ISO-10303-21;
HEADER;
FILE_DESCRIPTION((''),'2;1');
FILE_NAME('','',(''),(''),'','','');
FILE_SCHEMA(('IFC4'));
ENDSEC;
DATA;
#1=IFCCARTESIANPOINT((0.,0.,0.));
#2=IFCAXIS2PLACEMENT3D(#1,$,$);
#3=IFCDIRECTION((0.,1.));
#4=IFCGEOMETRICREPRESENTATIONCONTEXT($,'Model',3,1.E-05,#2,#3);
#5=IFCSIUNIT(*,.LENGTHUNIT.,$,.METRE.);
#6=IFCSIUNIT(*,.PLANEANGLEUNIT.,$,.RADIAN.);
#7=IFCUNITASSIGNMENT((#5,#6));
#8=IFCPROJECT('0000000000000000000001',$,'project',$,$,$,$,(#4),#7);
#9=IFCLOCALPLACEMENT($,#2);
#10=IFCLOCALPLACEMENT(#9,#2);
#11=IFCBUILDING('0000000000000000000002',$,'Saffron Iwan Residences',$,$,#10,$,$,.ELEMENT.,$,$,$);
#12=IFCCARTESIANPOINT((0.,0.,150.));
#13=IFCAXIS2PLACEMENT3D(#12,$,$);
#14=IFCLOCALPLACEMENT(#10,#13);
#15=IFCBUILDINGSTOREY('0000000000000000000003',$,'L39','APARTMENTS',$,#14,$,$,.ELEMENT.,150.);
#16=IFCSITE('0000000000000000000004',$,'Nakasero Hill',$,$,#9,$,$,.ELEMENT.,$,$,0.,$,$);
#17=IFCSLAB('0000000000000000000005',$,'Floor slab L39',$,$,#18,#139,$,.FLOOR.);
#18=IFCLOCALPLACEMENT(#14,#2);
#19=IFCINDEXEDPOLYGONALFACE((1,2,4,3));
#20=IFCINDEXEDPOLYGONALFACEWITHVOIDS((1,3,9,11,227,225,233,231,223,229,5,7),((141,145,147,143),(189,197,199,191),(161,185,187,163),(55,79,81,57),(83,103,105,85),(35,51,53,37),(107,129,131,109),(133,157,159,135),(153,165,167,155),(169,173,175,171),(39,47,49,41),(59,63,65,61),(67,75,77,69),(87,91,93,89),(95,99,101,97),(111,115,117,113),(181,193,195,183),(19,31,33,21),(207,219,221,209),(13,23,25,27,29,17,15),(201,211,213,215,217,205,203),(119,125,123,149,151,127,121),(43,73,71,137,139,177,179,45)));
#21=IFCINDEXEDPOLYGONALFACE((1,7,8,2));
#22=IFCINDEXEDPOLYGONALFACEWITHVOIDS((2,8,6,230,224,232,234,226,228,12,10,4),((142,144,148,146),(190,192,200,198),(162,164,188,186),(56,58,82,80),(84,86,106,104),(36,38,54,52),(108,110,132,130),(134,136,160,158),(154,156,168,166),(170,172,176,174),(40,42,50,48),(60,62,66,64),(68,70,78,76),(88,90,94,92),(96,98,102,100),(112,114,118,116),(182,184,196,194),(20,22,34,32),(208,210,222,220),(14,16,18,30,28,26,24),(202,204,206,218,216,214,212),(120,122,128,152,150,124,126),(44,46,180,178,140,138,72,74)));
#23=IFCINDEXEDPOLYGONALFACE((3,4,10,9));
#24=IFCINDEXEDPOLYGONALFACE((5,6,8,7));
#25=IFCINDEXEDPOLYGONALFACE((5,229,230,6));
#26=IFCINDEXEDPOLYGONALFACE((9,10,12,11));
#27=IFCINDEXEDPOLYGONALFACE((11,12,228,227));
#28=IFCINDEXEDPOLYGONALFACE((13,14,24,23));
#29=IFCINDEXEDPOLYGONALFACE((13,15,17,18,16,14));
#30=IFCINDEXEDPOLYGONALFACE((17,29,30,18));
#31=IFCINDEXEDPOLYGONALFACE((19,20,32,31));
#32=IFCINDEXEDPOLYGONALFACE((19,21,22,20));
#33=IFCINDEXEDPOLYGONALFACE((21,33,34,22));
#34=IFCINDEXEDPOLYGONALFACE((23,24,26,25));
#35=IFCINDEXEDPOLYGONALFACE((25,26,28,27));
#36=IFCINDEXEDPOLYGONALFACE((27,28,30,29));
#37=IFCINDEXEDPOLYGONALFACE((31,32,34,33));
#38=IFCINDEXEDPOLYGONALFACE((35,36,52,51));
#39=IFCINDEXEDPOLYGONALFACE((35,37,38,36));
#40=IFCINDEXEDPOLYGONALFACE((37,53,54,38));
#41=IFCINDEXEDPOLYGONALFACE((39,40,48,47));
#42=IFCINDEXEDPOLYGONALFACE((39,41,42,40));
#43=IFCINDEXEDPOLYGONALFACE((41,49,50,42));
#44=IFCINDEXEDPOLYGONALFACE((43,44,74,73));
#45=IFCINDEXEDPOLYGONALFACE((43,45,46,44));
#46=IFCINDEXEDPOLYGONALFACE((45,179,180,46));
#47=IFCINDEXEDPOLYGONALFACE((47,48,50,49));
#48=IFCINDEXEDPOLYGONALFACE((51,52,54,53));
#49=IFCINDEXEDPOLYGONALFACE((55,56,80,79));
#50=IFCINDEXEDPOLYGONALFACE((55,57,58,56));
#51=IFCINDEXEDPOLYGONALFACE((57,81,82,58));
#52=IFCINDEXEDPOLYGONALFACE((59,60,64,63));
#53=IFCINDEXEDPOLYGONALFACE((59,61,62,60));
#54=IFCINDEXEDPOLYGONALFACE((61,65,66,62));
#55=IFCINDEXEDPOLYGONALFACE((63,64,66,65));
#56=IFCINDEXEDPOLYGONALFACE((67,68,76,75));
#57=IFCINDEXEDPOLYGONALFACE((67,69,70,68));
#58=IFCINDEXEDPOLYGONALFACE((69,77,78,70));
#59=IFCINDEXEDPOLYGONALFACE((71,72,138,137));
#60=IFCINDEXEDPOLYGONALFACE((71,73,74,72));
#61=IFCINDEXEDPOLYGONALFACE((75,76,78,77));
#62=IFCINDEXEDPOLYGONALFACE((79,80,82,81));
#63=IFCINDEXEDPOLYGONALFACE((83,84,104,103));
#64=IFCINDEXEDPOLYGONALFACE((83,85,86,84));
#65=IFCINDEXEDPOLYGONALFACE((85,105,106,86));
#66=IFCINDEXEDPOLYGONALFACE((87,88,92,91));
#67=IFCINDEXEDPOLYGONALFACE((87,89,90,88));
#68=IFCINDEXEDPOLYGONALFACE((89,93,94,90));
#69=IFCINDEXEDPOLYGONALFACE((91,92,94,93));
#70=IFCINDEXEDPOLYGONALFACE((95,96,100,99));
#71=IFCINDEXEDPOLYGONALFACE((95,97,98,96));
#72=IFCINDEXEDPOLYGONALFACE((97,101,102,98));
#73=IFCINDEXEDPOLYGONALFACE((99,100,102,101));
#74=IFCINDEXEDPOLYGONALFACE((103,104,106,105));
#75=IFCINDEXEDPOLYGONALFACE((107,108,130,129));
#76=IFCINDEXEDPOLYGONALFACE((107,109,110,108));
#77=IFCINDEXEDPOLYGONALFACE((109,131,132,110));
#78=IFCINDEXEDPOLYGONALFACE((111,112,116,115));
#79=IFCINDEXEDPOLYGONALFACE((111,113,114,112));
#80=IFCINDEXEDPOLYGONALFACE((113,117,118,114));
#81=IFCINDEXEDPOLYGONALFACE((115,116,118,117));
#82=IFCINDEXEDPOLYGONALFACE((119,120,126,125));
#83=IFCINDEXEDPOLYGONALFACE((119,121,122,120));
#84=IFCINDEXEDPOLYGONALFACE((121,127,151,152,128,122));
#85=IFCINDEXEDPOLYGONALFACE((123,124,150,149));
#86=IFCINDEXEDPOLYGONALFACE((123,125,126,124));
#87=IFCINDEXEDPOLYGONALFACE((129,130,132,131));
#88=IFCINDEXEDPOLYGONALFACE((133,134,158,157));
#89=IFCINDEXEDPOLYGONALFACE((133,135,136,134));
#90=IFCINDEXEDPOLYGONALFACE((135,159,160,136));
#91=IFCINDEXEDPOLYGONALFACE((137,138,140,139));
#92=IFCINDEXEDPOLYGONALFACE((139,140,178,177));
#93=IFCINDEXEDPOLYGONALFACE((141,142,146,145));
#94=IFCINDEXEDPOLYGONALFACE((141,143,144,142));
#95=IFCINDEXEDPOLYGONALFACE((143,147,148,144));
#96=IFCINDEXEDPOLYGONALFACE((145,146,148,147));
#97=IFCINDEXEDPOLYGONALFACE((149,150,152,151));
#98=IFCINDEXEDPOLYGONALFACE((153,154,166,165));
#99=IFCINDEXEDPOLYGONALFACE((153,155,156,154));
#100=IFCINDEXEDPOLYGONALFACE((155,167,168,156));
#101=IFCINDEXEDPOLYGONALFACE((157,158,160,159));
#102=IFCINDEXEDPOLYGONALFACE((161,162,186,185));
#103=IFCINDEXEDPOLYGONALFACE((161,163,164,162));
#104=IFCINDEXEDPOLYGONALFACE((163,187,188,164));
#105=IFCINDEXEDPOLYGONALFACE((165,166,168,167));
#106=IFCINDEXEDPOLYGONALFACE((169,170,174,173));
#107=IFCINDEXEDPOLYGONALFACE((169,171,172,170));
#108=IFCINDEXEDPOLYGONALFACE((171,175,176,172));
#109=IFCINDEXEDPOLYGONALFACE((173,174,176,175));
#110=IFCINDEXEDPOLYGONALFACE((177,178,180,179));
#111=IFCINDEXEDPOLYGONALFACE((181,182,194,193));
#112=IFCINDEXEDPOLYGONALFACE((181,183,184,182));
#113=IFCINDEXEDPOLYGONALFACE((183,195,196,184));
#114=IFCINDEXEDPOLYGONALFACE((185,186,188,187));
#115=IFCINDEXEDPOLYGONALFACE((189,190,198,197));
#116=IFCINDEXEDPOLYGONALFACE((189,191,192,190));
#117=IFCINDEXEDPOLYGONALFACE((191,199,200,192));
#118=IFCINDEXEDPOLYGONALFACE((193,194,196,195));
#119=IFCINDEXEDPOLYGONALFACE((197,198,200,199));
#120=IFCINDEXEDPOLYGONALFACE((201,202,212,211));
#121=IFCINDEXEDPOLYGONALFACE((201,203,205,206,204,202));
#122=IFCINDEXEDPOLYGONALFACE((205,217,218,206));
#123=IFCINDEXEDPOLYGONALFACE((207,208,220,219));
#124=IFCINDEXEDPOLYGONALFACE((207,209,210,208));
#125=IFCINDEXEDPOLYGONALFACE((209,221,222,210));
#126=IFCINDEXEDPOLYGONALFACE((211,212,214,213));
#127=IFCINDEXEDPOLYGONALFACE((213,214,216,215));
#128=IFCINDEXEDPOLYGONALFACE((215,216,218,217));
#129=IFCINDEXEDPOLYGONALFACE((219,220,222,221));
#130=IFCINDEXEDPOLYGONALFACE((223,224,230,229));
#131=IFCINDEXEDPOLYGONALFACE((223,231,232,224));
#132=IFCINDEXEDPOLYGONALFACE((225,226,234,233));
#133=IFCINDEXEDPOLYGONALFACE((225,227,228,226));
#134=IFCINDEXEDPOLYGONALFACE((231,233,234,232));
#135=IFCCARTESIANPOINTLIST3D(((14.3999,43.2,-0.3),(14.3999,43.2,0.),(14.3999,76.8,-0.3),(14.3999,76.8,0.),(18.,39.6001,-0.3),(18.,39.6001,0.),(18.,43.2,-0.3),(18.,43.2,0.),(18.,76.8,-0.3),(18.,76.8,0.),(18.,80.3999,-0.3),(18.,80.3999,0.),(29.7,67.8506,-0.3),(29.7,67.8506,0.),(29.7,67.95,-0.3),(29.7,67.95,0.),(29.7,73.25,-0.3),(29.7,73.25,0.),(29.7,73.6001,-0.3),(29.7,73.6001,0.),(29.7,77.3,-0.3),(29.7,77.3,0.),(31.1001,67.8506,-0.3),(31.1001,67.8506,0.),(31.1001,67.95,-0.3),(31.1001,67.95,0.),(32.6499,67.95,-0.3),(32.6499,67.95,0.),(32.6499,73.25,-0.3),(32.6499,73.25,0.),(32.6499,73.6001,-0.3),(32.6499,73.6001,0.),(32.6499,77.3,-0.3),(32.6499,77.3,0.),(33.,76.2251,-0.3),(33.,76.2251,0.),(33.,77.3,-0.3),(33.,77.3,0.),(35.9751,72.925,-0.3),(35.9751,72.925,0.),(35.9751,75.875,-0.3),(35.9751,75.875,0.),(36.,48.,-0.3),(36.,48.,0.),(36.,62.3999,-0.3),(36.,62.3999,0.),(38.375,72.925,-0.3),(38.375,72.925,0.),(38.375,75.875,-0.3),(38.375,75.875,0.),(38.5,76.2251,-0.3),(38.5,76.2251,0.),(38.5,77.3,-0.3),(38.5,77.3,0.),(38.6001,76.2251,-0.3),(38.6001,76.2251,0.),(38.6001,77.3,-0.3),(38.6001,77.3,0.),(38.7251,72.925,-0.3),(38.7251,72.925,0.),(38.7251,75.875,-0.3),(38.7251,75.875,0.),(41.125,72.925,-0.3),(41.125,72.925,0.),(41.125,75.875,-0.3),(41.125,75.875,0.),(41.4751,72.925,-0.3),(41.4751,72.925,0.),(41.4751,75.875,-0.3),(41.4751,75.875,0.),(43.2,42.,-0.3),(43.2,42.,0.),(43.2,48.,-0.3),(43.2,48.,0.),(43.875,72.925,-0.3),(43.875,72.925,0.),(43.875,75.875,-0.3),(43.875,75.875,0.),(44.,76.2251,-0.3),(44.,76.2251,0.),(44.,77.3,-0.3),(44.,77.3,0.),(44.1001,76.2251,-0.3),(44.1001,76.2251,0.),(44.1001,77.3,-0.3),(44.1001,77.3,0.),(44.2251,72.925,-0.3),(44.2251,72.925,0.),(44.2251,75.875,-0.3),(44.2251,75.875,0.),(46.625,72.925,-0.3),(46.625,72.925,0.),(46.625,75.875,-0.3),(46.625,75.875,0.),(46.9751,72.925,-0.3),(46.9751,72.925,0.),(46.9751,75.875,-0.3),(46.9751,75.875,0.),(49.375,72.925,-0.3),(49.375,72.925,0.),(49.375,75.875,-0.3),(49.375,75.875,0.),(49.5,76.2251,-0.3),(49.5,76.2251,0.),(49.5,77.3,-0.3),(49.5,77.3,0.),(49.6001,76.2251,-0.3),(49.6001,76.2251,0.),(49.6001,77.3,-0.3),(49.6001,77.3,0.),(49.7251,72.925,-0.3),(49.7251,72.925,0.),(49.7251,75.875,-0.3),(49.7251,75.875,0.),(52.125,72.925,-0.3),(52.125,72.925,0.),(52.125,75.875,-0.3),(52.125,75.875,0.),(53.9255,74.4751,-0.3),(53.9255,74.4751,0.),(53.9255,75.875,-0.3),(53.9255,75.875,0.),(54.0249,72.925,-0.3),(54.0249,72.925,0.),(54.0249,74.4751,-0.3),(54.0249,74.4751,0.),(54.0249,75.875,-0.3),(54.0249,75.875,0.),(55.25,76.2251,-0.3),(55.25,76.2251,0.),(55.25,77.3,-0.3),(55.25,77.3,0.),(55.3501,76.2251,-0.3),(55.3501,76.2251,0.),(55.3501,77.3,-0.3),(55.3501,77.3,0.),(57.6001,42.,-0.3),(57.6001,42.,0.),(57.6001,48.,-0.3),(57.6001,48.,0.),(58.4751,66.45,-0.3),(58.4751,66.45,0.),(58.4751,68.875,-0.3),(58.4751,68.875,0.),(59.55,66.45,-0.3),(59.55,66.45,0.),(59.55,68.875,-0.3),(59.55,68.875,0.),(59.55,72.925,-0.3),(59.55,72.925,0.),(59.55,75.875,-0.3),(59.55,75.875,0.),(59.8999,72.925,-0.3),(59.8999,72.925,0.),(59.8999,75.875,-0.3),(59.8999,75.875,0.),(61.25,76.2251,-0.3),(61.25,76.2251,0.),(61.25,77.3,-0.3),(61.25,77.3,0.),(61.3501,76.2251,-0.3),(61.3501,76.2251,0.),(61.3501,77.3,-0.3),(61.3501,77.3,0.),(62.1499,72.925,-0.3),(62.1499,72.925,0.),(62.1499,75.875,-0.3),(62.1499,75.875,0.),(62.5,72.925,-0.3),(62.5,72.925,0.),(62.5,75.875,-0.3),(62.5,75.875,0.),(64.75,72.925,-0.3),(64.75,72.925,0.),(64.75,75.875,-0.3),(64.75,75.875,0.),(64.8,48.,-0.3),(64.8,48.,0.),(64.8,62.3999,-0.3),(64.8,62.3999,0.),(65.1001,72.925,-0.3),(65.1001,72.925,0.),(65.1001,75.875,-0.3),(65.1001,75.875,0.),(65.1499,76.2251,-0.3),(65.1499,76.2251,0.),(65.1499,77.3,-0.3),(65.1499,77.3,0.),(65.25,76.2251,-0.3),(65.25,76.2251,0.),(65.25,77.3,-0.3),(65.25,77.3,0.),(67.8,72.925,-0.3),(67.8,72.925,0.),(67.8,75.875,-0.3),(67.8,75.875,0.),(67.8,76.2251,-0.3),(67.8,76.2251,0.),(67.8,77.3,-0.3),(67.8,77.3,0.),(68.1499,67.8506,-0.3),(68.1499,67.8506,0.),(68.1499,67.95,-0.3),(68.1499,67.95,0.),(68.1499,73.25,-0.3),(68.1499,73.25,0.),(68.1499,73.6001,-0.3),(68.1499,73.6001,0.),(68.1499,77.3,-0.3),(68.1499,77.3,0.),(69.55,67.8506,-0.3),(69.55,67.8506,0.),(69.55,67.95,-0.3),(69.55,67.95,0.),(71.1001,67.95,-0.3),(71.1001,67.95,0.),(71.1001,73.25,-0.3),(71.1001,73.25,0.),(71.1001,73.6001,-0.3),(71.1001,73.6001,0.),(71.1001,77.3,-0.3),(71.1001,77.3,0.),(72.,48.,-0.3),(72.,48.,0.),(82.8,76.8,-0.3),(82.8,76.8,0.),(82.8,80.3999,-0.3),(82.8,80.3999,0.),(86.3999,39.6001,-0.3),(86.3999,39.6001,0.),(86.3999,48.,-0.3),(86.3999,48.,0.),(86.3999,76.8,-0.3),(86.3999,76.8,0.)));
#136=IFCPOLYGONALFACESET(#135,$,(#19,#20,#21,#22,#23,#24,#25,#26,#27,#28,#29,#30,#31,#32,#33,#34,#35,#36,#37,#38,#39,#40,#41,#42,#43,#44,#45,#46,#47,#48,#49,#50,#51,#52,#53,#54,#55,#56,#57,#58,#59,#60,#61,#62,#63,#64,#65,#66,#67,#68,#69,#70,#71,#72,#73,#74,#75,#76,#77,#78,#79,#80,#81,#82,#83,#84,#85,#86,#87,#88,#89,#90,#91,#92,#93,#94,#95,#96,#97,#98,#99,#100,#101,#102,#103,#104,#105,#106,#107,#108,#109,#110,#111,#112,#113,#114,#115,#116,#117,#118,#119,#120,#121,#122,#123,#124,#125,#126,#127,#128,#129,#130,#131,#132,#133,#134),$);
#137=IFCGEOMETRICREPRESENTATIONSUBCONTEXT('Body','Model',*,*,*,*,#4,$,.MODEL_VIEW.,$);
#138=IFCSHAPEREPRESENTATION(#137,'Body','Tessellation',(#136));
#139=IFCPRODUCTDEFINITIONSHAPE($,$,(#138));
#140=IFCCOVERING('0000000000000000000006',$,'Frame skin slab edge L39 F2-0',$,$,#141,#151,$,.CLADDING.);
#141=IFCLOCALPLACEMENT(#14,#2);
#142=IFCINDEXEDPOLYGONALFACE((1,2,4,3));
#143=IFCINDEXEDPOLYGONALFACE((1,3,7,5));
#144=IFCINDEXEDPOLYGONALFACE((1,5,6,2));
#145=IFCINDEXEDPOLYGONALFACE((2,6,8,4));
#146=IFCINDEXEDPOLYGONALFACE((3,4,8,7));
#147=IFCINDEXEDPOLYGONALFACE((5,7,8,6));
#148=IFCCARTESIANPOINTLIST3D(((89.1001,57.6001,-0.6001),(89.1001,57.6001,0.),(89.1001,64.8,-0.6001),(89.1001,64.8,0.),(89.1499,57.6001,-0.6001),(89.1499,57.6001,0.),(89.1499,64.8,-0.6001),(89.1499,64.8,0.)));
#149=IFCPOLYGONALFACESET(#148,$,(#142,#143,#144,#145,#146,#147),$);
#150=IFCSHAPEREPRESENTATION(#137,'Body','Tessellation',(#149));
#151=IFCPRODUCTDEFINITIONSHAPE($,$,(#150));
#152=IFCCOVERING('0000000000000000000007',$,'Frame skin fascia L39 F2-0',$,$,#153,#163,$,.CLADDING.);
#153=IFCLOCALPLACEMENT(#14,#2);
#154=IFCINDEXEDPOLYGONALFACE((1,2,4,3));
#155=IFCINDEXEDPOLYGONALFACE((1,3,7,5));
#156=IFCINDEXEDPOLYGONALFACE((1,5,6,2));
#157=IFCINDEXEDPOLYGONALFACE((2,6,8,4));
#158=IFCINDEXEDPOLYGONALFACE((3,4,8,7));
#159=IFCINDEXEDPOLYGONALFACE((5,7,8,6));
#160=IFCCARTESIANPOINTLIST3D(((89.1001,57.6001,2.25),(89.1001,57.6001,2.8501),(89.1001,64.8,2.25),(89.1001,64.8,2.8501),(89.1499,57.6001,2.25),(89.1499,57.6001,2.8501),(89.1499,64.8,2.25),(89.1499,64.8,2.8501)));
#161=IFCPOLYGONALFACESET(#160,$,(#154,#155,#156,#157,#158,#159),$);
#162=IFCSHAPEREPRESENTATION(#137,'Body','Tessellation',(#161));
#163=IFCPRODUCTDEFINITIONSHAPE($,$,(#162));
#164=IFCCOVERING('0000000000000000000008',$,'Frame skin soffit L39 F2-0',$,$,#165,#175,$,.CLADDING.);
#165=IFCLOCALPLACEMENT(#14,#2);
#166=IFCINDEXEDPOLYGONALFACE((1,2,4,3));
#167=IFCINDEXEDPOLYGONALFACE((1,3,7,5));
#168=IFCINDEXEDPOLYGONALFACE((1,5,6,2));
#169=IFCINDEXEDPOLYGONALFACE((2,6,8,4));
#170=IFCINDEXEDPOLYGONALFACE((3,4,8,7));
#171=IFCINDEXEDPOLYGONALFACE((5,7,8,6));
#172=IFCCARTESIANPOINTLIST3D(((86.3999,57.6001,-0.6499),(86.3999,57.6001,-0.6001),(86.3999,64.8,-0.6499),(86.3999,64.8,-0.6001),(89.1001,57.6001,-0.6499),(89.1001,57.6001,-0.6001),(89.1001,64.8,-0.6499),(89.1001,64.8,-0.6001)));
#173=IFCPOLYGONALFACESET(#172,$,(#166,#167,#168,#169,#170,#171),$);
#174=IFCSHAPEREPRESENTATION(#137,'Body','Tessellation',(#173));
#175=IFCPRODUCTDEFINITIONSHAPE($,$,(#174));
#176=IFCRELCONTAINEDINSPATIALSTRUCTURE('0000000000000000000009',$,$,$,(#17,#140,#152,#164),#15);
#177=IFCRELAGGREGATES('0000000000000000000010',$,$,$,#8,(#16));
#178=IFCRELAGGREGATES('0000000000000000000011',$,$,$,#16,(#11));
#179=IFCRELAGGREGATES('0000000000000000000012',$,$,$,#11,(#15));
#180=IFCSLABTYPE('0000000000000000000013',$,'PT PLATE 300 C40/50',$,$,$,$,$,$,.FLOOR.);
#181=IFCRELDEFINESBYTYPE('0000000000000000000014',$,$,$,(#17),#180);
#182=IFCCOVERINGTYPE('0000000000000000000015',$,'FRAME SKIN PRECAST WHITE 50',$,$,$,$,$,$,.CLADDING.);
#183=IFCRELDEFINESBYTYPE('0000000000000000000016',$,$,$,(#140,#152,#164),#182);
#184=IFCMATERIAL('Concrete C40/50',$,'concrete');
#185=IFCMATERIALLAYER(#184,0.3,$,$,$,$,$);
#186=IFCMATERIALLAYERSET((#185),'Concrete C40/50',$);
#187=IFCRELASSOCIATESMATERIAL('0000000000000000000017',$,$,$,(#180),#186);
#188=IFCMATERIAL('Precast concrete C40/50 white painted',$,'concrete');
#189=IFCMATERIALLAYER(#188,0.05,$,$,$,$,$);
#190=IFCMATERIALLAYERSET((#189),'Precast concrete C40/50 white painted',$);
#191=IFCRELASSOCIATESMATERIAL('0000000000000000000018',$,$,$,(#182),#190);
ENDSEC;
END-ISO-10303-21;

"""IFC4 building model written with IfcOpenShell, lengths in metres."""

from ifc_helpers import new_model, si_unit, direction, frame, origin, place, context, subcontext, project, spatial, polyline, outline, extrude, material, layer, layer_set, type_object, element, save


model = new_model("IFC4")

# Units and contexts
model_context = context("Model", 3, precision=1e-05, world=origin(), true_north=direction((0.0, 1.0)))
body_context = subcontext(model_context, "Body", "Model", "MODEL_VIEW")
ifc_project = project(units=[si_unit("LENGTHUNIT", "METRE"), si_unit("PLANEANGLEUNIT", "RADIAN")], contexts=[model_context])

# Site, building, storey
site_placement = place(None, origin())
site = spatial("IfcSite", under=ifc_project, at=site_placement, Name="Nakasero Hill", CompositionType="ELEMENT", RefElevation=0.0)
building_placement = place(site_placement, origin())
building = spatial("IfcBuilding", under=site, at=building_placement, Name="Saffron Iwan Residences", CompositionType="ELEMENT")
storey_placement = place(building_placement, frame((0.0, 0.0, 150.0)))
storey = spatial("IfcBuildingStorey", under=building, at=storey_placement, Name="L39", Description="APARTMENTS", CompositionType="ELEMENT", Elevation=150.0)

# Slab
ifc_material_1 = material(Name="Concrete C40/50", Category="concrete")
ifc_layer_1 = layer(ifc_material_1, 0.3)
ifc_layer_set_1 = layer_set([ifc_layer_1], Name="Concrete C40/50")
slab_type_1 = type_object("IfcSlabType", Name="PT PLATE 300 C40/50", PredefinedType="FLOOR", material=ifc_layer_set_1)
slab_1_placement = place(storey_placement, frame((0.0, 0.0, -0.3)))
element("IfcSlab", 1, at=slab_1_placement, inside=storey, type_object=slab_type_1, Name="Floor slab L39", PredefinedType="FLOOR", context=body_context, shape_type="SweptSolid", body=[
    extrude(outline(polyline([(14.3999, 43.2), (14.3999, 76.8), (18.0, 76.8), (18.0, 80.3999), (82.8, 80.3999), (82.8, 76.8), (86.3999, 76.8), (86.3999, 48.0), (72.0, 48.0), (86.3999, 39.6001), (18.0, 39.6001), (18.0, 43.2), (14.3999, 43.2)]), holes=[polyline([(64.8, 48.0), (64.8, 62.3999), (36.0, 62.3999), (36.0, 48.0), (43.2, 48.0), (43.2, 42.0), (57.6001, 42.0), (57.6001, 48.0), (64.8, 48.0)]), polyline([(29.7, 73.25), (29.7, 67.95), (29.7, 67.8506), (31.1001, 67.8506), (31.1001, 67.95), (32.6499, 67.95), (32.6499, 73.25), (29.7, 73.25)]), polyline([(38.375, 75.875), (35.9751, 75.875), (35.9751, 72.925), (38.375, 72.925), (38.375, 75.875)]), polyline([(41.125, 75.875), (38.7251, 75.875), (38.7251, 72.925), (41.125, 72.925), (41.125, 75.875)]), polyline([(43.875, 72.925), (43.875, 75.875), (41.4751, 75.875), (41.4751, 72.925), (43.875, 72.925)]), polyline([(46.625, 72.925), (46.625, 75.875), (44.2251, 75.875), (44.2251, 72.925), (46.625, 72.925)]), polyline([(49.375, 75.875), (46.9751, 75.875), (46.9751, 72.925), (49.375, 72.925), (49.375, 75.875)]), polyline([(52.125, 72.925), (52.125, 75.875), (49.7251, 75.875), (49.7251, 72.925), (52.125, 72.925)]), polyline([(32.6499, 73.6001), (32.6499, 77.3), (29.7, 77.3), (29.7, 73.6001), (32.6499, 73.6001)]), polyline([(38.5, 77.3), (33.0, 77.3), (33.0, 76.2251), (38.5, 76.2251), (38.5, 77.3)]), polyline([(44.0, 76.2251), (44.0, 77.3), (38.6001, 77.3), (38.6001, 76.2251), (44.0, 76.2251)]), polyline([(49.5, 76.2251), (49.5, 77.3), (44.1001, 77.3), (44.1001, 76.2251), (49.5, 76.2251)]), polyline([(59.55, 68.875), (58.4751, 68.875), (58.4751, 66.45), (59.55, 66.45), (59.55, 68.875)]), polyline([(68.1499, 73.25), (68.1499, 67.95), (68.1499, 67.8506), (69.55, 67.8506), (69.55, 67.95), (71.1001, 67.95), (71.1001, 73.25), (68.1499, 73.25)]), polyline([(54.0249, 74.4751), (54.0249, 72.925), (59.55, 72.925), (59.55, 75.875), (54.0249, 75.875), (53.9255, 75.875), (53.9255, 74.4751), (54.0249, 74.4751)]), polyline([(62.1499, 72.925), (62.1499, 75.875), (59.8999, 75.875), (59.8999, 72.925), (62.1499, 72.925)]), polyline([(64.75, 72.925), (64.75, 75.875), (62.5, 75.875), (62.5, 72.925), (64.75, 72.925)]), polyline([(67.8, 75.875), (65.1001, 75.875), (65.1001, 72.925), (67.8, 72.925), (67.8, 75.875)]), polyline([(71.1001, 73.6001), (71.1001, 77.3), (68.1499, 77.3), (68.1499, 73.6001), (71.1001, 73.6001)]), polyline([(55.25, 76.2251), (55.25, 77.3), (49.6001, 77.3), (49.6001, 76.2251), (55.25, 76.2251)]), polyline([(61.25, 77.3), (55.3501, 77.3), (55.3501, 76.2251), (61.25, 76.2251), (61.25, 77.3)]), polyline([(65.1499, 76.2251), (65.1499, 77.3), (61.3501, 77.3), (61.3501, 76.2251), (65.1499, 76.2251)]), polyline([(67.8, 76.2251), (67.8, 77.3), (65.25, 77.3), (65.25, 76.2251), (67.8, 76.2251)])]), origin(), (0.0, 0.0, 1.0), 0.3),
])

# Coverings
ifc_material_2 = material(Name="Precast concrete C40/50 white painted", Category="concrete")
ifc_layer_2 = layer(ifc_material_2, 0.05)
ifc_layer_set_2 = layer_set([ifc_layer_2], Name="Precast concrete C40/50 white painted")
covering_type_1 = type_object("IfcCoveringType", Name="FRAME SKIN PRECAST WHITE 50", PredefinedType="CLADDING", material=ifc_layer_set_2)
for number, where, name in (
    (2, (0.0, 0.0, -0.6001), "Frame skin slab edge L39 F2-0"),
    (3, (0.0, 0.0, 2.25), "Frame skin fascia L39 F2-0"),
):
    element("IfcCovering", number, at=place(storey_placement, frame(where)), inside=storey, type_object=covering_type_1, Name=name, PredefinedType="CLADDING", context=body_context, shape_type="SweptSolid", body=[
        extrude(outline(polyline([(89.1499, 57.6001), (89.1499, 64.8), (89.1001, 64.8), (89.1001, 57.6001), (89.1499, 57.6001)])), origin(), (0.0, 0.0, 1.0), 0.6001),
    ])
covering_1_placement = place(storey_placement, frame((0.0, 0.0, -0.6499)))
element("IfcCovering", 4, at=covering_1_placement, inside=storey, type_object=covering_type_1, Name="Frame skin soffit L39 F2-0", PredefinedType="CLADDING", context=body_context, shape_type="SweptSolid", body=[
    extrude(outline(polyline([(89.1001, 57.6001), (89.1001, 64.8), (86.3999, 64.8), (86.3999, 57.6001), (89.1001, 57.6001)])), origin(), (0.0, 0.0, 1.0), 0.0498),
])

save(model, "model.ifc")
